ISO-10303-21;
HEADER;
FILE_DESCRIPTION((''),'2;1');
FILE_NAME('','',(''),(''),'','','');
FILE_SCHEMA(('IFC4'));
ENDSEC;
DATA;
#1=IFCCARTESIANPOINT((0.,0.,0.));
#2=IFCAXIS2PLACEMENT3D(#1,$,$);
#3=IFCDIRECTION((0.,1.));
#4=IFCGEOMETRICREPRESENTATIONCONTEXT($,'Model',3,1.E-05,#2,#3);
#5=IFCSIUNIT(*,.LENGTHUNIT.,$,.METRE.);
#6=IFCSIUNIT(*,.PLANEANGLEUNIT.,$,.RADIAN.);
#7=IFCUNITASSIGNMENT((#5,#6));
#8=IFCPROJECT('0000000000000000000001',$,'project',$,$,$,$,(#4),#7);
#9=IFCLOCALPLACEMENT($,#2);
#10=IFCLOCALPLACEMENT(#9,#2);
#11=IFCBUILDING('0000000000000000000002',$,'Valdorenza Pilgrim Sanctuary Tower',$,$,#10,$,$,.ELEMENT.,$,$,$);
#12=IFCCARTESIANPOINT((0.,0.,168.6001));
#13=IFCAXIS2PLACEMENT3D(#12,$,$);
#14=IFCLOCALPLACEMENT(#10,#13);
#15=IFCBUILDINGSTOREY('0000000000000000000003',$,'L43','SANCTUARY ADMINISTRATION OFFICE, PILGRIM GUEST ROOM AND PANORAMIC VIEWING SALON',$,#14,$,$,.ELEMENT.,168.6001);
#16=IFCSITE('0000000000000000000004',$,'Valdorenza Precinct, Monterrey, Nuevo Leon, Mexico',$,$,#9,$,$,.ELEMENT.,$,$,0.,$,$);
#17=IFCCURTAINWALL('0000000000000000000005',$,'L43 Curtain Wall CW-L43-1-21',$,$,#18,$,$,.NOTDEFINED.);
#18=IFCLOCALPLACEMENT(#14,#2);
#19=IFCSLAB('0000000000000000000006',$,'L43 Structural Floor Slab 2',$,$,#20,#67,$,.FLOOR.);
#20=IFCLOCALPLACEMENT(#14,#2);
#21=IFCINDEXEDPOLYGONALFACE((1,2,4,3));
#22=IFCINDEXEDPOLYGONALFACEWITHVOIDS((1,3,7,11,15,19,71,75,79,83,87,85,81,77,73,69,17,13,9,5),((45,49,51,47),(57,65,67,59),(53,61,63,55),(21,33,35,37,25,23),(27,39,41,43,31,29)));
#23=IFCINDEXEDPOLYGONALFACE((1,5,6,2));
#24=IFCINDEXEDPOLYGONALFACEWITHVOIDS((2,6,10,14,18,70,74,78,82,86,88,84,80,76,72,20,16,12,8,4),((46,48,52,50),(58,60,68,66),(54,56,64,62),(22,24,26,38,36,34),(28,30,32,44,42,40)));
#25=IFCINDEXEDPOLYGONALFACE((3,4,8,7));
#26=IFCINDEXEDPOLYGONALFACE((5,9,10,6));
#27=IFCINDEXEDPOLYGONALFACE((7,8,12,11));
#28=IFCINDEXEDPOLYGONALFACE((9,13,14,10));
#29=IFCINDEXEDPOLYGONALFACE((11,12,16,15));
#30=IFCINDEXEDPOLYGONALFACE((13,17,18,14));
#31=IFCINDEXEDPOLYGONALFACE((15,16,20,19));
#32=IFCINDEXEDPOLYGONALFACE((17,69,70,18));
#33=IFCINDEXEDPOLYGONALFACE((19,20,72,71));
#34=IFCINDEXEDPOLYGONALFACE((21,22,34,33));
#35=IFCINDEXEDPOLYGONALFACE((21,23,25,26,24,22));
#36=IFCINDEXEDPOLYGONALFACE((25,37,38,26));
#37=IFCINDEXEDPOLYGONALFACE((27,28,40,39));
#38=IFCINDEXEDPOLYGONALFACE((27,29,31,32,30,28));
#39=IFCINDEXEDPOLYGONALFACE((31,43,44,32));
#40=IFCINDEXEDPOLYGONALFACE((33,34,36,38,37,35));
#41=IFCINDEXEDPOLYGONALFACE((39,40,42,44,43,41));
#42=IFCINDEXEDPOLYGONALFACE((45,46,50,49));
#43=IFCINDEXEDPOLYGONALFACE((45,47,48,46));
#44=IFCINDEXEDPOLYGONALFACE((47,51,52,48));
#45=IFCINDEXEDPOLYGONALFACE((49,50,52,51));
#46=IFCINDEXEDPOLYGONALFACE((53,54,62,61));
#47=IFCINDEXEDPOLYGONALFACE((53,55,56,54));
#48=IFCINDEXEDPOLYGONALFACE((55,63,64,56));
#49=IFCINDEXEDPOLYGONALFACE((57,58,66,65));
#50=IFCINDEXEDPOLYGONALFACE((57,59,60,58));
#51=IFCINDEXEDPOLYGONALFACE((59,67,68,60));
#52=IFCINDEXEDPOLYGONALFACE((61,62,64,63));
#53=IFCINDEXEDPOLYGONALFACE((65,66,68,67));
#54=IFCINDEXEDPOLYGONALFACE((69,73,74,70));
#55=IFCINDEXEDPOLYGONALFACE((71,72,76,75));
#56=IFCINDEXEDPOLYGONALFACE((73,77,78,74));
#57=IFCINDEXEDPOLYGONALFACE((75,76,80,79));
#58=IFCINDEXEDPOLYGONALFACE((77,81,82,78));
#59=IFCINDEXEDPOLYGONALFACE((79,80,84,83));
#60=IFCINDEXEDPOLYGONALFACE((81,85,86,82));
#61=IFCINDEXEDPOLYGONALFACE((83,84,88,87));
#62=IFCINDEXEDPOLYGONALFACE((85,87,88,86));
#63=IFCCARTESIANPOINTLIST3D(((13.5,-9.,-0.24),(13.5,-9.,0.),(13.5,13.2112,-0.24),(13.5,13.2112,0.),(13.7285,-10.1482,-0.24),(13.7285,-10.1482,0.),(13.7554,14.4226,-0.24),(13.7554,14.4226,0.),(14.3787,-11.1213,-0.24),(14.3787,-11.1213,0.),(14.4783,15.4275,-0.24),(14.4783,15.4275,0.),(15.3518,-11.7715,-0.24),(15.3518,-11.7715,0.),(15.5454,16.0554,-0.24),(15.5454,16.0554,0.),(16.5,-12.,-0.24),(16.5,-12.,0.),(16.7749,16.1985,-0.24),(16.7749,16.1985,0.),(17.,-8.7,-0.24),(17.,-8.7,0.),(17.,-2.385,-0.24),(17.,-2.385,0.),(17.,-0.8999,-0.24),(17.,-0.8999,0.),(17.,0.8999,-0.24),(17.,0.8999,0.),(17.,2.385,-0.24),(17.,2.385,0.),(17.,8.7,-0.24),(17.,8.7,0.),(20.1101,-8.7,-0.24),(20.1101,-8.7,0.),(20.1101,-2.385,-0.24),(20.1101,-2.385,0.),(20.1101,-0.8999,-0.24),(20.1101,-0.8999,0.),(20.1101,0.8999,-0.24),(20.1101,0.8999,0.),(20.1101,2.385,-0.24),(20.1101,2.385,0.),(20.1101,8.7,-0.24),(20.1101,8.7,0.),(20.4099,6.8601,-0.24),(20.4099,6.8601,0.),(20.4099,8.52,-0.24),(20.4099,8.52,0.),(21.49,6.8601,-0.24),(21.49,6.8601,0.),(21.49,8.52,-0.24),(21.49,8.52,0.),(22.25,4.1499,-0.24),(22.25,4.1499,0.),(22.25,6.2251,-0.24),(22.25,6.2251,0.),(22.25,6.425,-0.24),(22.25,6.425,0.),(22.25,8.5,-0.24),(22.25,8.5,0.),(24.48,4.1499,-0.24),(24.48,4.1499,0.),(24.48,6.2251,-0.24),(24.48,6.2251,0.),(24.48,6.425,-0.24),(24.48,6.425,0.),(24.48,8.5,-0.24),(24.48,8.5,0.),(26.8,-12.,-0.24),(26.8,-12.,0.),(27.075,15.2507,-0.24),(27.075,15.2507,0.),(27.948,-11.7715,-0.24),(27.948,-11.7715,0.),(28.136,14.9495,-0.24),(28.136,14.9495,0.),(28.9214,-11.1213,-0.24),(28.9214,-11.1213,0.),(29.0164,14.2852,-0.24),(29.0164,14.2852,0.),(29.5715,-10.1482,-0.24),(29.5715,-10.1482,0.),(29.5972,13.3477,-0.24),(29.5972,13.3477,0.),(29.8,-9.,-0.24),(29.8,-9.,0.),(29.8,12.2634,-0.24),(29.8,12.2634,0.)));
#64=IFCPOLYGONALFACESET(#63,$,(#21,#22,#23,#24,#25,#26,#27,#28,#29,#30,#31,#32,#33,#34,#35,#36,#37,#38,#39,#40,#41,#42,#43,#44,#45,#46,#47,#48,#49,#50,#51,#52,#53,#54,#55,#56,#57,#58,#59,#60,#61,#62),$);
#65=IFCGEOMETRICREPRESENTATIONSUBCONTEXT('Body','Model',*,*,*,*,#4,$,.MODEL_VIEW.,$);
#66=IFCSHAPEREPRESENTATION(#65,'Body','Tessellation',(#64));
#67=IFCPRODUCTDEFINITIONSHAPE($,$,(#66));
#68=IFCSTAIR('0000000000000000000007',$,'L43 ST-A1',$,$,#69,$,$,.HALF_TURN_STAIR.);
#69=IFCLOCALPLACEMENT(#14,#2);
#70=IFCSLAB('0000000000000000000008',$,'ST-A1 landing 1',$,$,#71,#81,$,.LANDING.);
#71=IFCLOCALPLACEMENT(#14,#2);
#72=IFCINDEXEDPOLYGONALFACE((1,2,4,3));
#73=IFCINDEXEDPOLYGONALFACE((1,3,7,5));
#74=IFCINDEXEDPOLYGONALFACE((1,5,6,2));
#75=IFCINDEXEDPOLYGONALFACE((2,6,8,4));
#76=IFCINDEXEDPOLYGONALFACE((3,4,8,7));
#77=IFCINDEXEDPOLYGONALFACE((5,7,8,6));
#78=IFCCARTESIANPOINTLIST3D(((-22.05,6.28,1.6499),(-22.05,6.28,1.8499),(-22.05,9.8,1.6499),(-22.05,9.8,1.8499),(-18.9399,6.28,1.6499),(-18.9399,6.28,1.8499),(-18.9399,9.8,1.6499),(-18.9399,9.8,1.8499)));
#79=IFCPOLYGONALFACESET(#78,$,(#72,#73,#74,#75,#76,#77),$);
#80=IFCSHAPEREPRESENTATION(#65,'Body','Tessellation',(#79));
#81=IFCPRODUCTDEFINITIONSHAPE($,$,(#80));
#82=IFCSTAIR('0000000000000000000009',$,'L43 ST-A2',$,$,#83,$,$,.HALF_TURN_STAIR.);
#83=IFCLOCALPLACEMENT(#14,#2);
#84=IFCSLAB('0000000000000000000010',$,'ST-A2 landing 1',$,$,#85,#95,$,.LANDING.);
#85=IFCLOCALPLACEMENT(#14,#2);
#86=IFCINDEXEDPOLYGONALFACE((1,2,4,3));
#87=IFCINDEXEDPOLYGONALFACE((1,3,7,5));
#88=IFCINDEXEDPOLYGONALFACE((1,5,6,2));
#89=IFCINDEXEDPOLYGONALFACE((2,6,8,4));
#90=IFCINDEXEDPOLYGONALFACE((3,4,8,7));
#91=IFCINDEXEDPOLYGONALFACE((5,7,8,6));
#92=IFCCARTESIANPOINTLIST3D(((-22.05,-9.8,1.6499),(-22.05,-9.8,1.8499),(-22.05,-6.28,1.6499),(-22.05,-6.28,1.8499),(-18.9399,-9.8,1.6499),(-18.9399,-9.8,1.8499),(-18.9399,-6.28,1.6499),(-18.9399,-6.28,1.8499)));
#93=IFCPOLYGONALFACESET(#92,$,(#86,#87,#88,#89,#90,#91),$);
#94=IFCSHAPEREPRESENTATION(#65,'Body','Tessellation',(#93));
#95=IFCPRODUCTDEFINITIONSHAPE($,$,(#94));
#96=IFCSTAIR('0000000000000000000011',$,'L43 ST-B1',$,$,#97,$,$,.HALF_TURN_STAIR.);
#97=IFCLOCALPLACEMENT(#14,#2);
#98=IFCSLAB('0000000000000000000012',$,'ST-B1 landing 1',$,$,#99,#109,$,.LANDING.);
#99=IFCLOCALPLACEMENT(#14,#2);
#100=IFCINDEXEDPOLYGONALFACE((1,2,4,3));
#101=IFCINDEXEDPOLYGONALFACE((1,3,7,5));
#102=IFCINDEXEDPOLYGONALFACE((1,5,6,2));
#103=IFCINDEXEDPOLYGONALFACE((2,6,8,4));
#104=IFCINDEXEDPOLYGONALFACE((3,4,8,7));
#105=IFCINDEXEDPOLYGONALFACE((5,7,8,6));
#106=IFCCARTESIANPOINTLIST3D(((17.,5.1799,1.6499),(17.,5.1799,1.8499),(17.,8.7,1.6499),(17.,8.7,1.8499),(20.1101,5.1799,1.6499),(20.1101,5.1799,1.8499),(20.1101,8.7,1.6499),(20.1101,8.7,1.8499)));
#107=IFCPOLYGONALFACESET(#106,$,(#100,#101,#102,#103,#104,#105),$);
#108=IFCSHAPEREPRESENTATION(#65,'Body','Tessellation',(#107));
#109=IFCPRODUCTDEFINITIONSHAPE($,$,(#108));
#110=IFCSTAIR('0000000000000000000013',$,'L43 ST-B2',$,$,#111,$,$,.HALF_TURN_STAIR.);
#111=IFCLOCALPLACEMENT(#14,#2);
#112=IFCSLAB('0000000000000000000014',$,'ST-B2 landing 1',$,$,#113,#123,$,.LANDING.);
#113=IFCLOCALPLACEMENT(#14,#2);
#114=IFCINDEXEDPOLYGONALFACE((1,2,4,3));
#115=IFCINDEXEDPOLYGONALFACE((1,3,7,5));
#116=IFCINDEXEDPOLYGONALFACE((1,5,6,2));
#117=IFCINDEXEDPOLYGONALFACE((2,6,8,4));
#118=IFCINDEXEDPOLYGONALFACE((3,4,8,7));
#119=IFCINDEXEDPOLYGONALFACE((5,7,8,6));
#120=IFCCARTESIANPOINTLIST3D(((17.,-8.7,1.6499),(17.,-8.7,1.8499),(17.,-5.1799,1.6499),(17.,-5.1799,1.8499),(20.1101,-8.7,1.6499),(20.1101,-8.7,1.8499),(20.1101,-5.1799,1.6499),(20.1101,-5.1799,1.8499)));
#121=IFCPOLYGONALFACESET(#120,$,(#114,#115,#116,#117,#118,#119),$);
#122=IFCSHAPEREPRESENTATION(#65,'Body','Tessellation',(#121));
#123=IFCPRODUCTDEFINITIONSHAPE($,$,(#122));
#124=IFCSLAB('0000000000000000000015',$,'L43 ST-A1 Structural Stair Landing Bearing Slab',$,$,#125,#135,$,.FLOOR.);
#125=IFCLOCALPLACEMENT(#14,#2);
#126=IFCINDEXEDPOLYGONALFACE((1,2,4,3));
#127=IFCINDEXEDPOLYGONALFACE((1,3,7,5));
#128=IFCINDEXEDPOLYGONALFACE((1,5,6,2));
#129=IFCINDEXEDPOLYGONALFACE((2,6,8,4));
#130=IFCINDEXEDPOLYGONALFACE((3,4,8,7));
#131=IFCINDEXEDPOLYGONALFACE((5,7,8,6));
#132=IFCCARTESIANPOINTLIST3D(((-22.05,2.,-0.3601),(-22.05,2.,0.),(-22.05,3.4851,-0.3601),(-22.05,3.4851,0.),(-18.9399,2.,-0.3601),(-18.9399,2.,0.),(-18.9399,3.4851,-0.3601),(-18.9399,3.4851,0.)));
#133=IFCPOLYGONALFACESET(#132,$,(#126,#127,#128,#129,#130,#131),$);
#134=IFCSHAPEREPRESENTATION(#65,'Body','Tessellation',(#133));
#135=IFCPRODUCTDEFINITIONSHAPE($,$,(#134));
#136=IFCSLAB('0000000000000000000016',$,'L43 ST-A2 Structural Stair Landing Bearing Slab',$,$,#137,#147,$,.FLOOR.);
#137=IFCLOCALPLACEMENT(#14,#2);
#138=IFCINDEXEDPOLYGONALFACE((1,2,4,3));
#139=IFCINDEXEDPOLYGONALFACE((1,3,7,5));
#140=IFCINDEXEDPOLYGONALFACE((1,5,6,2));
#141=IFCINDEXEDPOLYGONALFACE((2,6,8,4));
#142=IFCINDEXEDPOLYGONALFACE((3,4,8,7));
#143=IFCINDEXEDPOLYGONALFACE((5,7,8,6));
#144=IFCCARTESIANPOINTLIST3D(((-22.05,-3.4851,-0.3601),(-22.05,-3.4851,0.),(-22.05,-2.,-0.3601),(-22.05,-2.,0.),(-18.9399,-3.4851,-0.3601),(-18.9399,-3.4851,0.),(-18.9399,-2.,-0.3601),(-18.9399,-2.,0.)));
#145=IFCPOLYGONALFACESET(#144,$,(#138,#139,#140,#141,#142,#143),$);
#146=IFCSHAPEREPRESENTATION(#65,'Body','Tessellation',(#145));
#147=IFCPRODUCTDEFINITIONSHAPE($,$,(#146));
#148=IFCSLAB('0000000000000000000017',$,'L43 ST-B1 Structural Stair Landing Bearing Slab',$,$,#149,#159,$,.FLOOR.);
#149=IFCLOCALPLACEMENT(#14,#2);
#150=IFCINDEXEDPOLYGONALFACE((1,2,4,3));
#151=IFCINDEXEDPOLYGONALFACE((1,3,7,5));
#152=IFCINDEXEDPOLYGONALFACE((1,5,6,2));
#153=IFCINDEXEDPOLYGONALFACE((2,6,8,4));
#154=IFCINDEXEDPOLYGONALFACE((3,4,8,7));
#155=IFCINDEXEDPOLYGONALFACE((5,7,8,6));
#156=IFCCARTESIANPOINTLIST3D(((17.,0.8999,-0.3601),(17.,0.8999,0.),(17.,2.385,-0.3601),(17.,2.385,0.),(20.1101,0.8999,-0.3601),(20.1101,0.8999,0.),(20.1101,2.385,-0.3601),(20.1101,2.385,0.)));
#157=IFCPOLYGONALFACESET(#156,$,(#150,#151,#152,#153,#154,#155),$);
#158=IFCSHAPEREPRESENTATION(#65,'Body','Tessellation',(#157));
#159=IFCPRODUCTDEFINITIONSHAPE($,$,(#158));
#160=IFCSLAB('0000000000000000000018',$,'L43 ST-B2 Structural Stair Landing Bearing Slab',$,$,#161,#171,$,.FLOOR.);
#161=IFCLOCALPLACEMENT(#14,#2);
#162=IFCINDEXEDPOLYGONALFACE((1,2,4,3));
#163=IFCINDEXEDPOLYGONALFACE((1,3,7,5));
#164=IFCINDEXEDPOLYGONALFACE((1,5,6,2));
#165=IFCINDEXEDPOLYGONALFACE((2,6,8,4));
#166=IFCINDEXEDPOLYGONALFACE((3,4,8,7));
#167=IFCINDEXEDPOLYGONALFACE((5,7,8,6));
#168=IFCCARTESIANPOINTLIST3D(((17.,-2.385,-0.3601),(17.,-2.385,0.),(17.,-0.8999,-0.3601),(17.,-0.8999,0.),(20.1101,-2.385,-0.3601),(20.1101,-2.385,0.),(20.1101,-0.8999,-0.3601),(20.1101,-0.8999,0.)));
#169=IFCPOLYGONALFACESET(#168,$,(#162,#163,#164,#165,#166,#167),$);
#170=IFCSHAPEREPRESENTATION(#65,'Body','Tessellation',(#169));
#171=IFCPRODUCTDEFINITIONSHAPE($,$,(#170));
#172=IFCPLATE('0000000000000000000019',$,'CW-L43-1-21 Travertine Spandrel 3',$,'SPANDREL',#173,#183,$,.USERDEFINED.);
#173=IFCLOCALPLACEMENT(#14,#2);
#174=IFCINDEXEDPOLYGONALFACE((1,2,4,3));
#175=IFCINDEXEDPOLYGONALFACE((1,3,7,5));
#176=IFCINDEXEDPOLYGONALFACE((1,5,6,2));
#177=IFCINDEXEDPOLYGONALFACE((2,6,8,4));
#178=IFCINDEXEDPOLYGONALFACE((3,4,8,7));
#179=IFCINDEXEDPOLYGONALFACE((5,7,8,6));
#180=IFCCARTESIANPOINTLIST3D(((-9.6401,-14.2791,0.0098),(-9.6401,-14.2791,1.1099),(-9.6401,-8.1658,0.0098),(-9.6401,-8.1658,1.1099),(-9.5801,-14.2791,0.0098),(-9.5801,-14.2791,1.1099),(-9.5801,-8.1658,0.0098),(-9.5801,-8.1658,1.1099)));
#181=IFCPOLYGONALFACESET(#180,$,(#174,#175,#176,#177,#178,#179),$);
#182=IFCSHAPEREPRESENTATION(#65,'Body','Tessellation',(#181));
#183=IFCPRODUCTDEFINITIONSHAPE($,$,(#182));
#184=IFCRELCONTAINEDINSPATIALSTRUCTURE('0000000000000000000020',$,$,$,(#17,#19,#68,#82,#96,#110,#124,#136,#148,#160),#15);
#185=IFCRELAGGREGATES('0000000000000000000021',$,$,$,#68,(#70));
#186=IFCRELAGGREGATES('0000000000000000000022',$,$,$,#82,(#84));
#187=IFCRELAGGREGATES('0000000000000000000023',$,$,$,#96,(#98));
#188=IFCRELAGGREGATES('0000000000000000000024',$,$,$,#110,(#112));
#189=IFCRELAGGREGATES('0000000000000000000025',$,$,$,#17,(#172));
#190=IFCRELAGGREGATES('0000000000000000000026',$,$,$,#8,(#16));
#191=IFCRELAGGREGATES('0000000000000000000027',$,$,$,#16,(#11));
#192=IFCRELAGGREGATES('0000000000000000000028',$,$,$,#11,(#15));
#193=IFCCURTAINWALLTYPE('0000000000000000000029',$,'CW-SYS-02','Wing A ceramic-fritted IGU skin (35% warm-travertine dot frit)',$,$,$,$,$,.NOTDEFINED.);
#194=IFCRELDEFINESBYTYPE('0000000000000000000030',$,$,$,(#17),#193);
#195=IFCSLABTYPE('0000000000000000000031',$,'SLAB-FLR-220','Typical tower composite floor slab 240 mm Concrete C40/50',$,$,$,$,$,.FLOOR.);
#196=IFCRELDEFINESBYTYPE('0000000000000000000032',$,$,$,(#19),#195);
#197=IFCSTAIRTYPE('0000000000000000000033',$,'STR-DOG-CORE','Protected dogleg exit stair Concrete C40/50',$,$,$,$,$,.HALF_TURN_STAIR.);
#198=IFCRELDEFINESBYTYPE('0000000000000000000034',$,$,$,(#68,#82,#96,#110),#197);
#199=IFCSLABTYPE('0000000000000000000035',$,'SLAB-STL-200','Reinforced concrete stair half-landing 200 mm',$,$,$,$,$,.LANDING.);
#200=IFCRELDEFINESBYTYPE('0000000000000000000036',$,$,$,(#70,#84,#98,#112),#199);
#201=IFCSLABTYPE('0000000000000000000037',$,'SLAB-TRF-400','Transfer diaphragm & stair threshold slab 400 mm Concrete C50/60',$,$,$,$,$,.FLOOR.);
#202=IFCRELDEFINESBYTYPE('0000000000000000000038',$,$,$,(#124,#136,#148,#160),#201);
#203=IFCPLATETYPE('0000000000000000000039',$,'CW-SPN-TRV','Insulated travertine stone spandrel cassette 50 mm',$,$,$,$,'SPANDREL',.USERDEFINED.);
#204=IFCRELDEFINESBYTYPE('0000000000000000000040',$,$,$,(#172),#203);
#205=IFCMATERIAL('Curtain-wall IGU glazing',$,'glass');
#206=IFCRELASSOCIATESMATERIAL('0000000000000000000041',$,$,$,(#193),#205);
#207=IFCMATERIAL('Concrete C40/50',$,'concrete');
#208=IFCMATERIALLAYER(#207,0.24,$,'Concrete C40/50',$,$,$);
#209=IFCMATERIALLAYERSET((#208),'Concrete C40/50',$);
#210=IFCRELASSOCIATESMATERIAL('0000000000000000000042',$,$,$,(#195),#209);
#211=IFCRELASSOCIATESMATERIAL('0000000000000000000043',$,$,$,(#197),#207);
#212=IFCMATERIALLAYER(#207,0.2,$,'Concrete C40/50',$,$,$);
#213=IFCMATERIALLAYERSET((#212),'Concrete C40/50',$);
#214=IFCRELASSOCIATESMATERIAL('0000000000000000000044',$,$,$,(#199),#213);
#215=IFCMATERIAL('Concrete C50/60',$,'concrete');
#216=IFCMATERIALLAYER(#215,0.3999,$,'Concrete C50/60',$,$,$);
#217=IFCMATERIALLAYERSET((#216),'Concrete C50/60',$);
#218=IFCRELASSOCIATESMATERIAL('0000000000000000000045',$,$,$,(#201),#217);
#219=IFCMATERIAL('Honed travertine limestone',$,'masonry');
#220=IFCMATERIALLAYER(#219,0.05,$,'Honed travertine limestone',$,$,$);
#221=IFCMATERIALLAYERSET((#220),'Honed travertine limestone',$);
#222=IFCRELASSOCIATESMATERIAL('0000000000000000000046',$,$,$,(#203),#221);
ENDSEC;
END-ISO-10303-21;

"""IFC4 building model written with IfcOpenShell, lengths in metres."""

from ifc_helpers import new_model, si_unit, direction, frame, origin, origin_2d, place, context, subcontext, project, spatial, polyline, rectangle, outline, extrude, source, transform, mapped, material, layer, layer_set, type_object, element, aggregate, save


model = new_model("IFC4")

# Units and contexts
model_context = context("Model", 3, precision=1e-05, world=origin(), true_north=direction((0.0, 1.0)))
body_context = subcontext(model_context, "Body", "Model", "MODEL_VIEW")
ifc_project = project(units=[si_unit("LENGTHUNIT", "METRE"), si_unit("PLANEANGLEUNIT", "RADIAN")], contexts=[model_context])

# Site, building, storey
site_placement = place(None, origin())
site = spatial("IfcSite", under=ifc_project, at=site_placement, Name="Valdorenza Precinct, Monterrey, Nuevo Leon, Mexico", CompositionType="ELEMENT", RefElevation=0.0)
building_placement = place(site_placement, origin())
building = spatial("IfcBuilding", under=site, at=building_placement, Name="Valdorenza Pilgrim Sanctuary Tower", CompositionType="ELEMENT")
storey_placement = place(building_placement, frame((0.0, 0.0, 168.6001)))
storey = spatial("IfcBuildingStorey", under=building, at=storey_placement, Name="L43", Description="SANCTUARY ADMINISTRATION OFFICE, PILGRIM GUEST ROOM AND PANORAMIC VIEWING SALON", CompositionType="ELEMENT", Elevation=168.6001)

# Curtain wall
ifc_material_1 = material(Name="Curtain-wall IGU glazing", Category="glass")
curtain_wall_type = type_object("IfcCurtainWallType", Name="CW-SYS-02", Description="Wing A ceramic-fritted IGU skin (35% warm-travertine dot frit)", PredefinedType="NOTDEFINED", material=ifc_material_1)
curtain_wall_placement = place(storey_placement, origin())
curtain_wall = element("IfcCurtainWall", 1, at=curtain_wall_placement, inside=storey, type_object=curtain_wall_type, Name="L43 Curtain Wall CW-L43-1-21", PredefinedType="NOTDEFINED")

# Slab
ifc_material_2 = material(Name="Concrete C40/50", Category="concrete")
ifc_layer_1 = layer(ifc_material_2, 0.24, Name="Concrete C40/50")
ifc_layer_set_1 = layer_set([ifc_layer_1], Name="Concrete C40/50")
slab_type_1 = type_object("IfcSlabType", Name="SLAB-FLR-220", Description="Typical tower composite floor slab 240 mm Concrete C40/50", PredefinedType="FLOOR", material=ifc_layer_set_1)
slab_1_placement = place(storey_placement, frame((0.0, 0.0, -0.24)))
element("IfcSlab", 2, at=slab_1_placement, inside=storey, type_object=slab_type_1, Name="L43 Structural Floor Slab 2", PredefinedType="FLOOR", context=body_context, shape_type="SweptSolid", body=[
    extrude(outline(polyline([(13.5, 13.2112), (13.7554, 14.4226), (14.4783, 15.4275), (15.5454, 16.0554), (16.7749, 16.1985), (27.075, 15.2507), (28.136, 14.9495), (29.0164, 14.2852), (29.5972, 13.3477), (29.8, 12.2634), (29.8, -9.0), (29.5715, -10.1482), (28.9214, -11.1213), (27.948, -11.7715), (26.8, -12.0), (16.5, -12.0), (15.3518, -11.7715), (14.3787, -11.1213), (13.7285, -10.1482), (13.5, -9.0), (13.5, 13.2112)]), holes=[polyline([(17.0, -8.7), (20.1101, -8.7), (20.1101, -2.385), (20.1101, -0.8999), (17.0, -0.8999), (17.0, -2.385), (17.0, -8.7)]), polyline([(17.0, 0.8999), (20.1101, 0.8999), (20.1101, 2.385), (20.1101, 8.7), (17.0, 8.7), (17.0, 2.385), (17.0, 0.8999)]), polyline([(22.25, 4.1499), (24.48, 4.1499), (24.48, 6.2251), (22.25, 6.2251), (22.25, 4.1499)]), polyline([(22.25, 6.425), (24.48, 6.425), (24.48, 8.5), (22.25, 8.5), (22.25, 6.425)]), polyline([(20.4099, 6.8601), (21.49, 6.8601), (21.49, 8.52), (20.4099, 8.52), (20.4099, 6.8601)])]), origin(), (0.0, 0.0, 1.0), 0.24),
])

# Stairs, slabs
stair_type = type_object("IfcStairType", Name="STR-DOG-CORE", Description="Protected dogleg exit stair Concrete C40/50", PredefinedType="HALF_TURN_STAIR", material=ifc_material_2)
stair_1_placement = place(storey_placement, origin())
stair_1 = element("IfcStair", 3, at=stair_1_placement, inside=storey, type_object=stair_type, Name="L43 ST-A1", PredefinedType="HALF_TURN_STAIR")
ifc_layer_2 = layer(ifc_material_2, 0.2, Name="Concrete C40/50")
ifc_layer_set_2 = layer_set([ifc_layer_2], Name="Concrete C40/50")
slab_type_2 = type_object("IfcSlabType", Name="SLAB-STL-200", Description="Reinforced concrete stair half-landing 200 mm", PredefinedType="LANDING", material=ifc_layer_set_2)
slab_2_placement = place(storey_placement, frame((0.0, 0.0, 1.6499)))
slab_2 = element("IfcSlab", 4, at=slab_2_placement, type_object=slab_type_2, Name="ST-A1 landing 1", PredefinedType="LANDING", context=body_context, shape_type="SweptSolid", body=[
    extrude(outline(polyline([(-18.9399, 6.28), (-18.9399, 9.8), (-22.05, 9.8), (-22.05, 6.28), (-18.9399, 6.28)])), origin(), (0.0, 0.0, 1.0), 0.2),
])
aggregate(stair_1, [slab_2])
stair_2_placement = place(storey_placement, origin())
stair_2 = element("IfcStair", 5, at=stair_2_placement, inside=storey, type_object=stair_type, Name="L43 ST-A2", PredefinedType="HALF_TURN_STAIR")
slab_3_placement = place(storey_placement, frame((0.0, 0.0, 1.6499)))
slab_3 = element("IfcSlab", 6, at=slab_3_placement, type_object=slab_type_2, Name="ST-A2 landing 1", PredefinedType="LANDING", context=body_context, shape_type="SweptSolid", body=[
    extrude(outline(polyline([(-22.05, -6.28), (-22.05, -9.8), (-18.9399, -9.8), (-18.9399, -6.28), (-22.05, -6.28)])), origin(), (0.0, 0.0, 1.0), 0.2),
])
aggregate(stair_2, [slab_3])
stair_3_placement = place(storey_placement, origin())
stair_3 = element("IfcStair", 7, at=stair_3_placement, inside=storey, type_object=stair_type, Name="L43 ST-B1", PredefinedType="HALF_TURN_STAIR")
slab_4_placement = place(storey_placement, frame((0.0, 0.0, 1.6499)))
slab_4 = element("IfcSlab", 8, at=slab_4_placement, type_object=slab_type_2, Name="ST-B1 landing 1", PredefinedType="LANDING", context=body_context, shape_type="SweptSolid", body=[
    extrude(outline(polyline([(20.1101, 5.1799), (20.1101, 8.7), (17.0, 8.7), (17.0, 5.1799), (20.1101, 5.1799)])), origin(), (0.0, 0.0, 1.0), 0.2),
])
aggregate(stair_3, [slab_4])
stair_4_placement = place(storey_placement, origin())
stair_4 = element("IfcStair", 9, at=stair_4_placement, inside=storey, type_object=stair_type, Name="L43 ST-B2", PredefinedType="HALF_TURN_STAIR")
slab_5_placement = place(storey_placement, frame((0.0, 0.0, 1.6499)))
slab_5 = element("IfcSlab", 10, at=slab_5_placement, type_object=slab_type_2, Name="ST-B2 landing 1", PredefinedType="LANDING", context=body_context, shape_type="SweptSolid", body=[
    extrude(outline(polyline([(17.0, -5.1799), (17.0, -8.7), (20.1101, -8.7), (20.1101, -5.1799), (17.0, -5.1799)])), origin(), (0.0, 0.0, 1.0), 0.2),
])
aggregate(stair_4, [slab_5])

# Slabs
ifc_material_3 = material(Name="Concrete C50/60", Category="concrete")
ifc_layer_3 = layer(ifc_material_3, 0.3999, Name="Concrete C50/60")
ifc_layer_set_3 = layer_set([ifc_layer_3], Name="Concrete C50/60")
slab_type_3 = type_object("IfcSlabType", Name="SLAB-TRF-400", Description="Transfer diaphragm & stair threshold slab 400 mm Concrete C50/60", PredefinedType="FLOOR", material=ifc_layer_set_3)
slab_6_placement = place(storey_placement, frame((0.0, 0.0, -0.3601)))
element("IfcSlab", 11, at=slab_6_placement, inside=storey, type_object=slab_type_3, Name="L43 ST-A1 Structural Stair Landing Bearing Slab", PredefinedType="FLOOR", context=body_context, shape_type="SweptSolid", body=[
    extrude(outline(polyline([(-22.05, 2.0), (-18.9399, 2.0), (-18.9399, 3.4851), (-22.05, 3.4851), (-22.05, 2.0)])), origin(), (0.0, 0.0, 1.0), 0.3601),
])
slab_7_placement = place(storey_placement, frame((0.0, 0.0, -0.3601)))
element("IfcSlab", 12, at=slab_7_placement, inside=storey, type_object=slab_type_3, Name="L43 ST-A2 Structural Stair Landing Bearing Slab", PredefinedType="FLOOR", context=body_context, shape_type="SweptSolid", body=[
    extrude(outline(polyline([(-22.05, -3.4851), (-18.9399, -3.4851), (-18.9399, -2.0), (-22.05, -2.0), (-22.05, -3.4851)])), origin(), (0.0, 0.0, 1.0), 0.3601),
])
slab_8_placement = place(storey_placement, frame((0.0, 0.0, -0.3601)))
element("IfcSlab", 13, at=slab_8_placement, inside=storey, type_object=slab_type_3, Name="L43 ST-B1 Structural Stair Landing Bearing Slab", PredefinedType="FLOOR", context=body_context, shape_type="SweptSolid", body=[
    extrude(outline(polyline([(17.0, 0.8999), (20.1101, 0.8999), (20.1101, 2.385), (17.0, 2.385), (17.0, 0.8999)])), origin(), (0.0, 0.0, 1.0), 0.3601),
])
slab_9_placement = place(storey_placement, frame((0.0, 0.0, -0.3601)))
element("IfcSlab", 14, at=slab_9_placement, inside=storey, type_object=slab_type_3, Name="L43 ST-B2 Structural Stair Landing Bearing Slab", PredefinedType="FLOOR", context=body_context, shape_type="SweptSolid", body=[
    extrude(outline(polyline([(17.0, -2.385), (20.1101, -2.385), (20.1101, -0.8999), (17.0, -0.8999), (17.0, -2.385)])), origin(), (0.0, 0.0, 1.0), 0.3601),
])

# Plate
ifc_material_4 = material(Name="Honed travertine limestone", Category="masonry")
ifc_layer_4 = layer(ifc_material_4, 0.05, Name="Honed travertine limestone")
ifc_layer_set_4 = layer_set([ifc_layer_4], Name="Honed travertine limestone")
plate_type_1 = type_object("IfcPlateType", Name="CW-SPN-TRV", Description="Insulated travertine stone spandrel cassette 50 mm", ElementType="SPANDREL", PredefinedType="USERDEFINED", material=ifc_layer_set_4)
shared_shape_1 = source(origin(), body_context, "Body", "SweptSolid", [
    extrude(rectangle(XDim=6.1133, YDim=0.0601, at=origin_2d()), origin(), (0.0, 0.0, 1.0), 1.1001),
])
plate_1_placement = place(storey_placement, frame((-9.6101, -11.2224, 0.0098), z_axis=(0.0, 0.0, 1.0), x_axis=(0.0, -1.0, 0.0)))
plate_1 = element("IfcPlate", 15, at=plate_1_placement, type_object=plate_type_1, Name="CW-L43-1-21 Travertine Spandrel 3", ObjectType="SPANDREL", PredefinedType="USERDEFINED", context=body_context, shape_type="MappedRepresentation", body=[
    mapped(shared_shape_1, transform((0.0, 0.0, 0.0), x_axis=(1.0, 0.0, 0.0), y_axis=(0.0, 1.0, 0.0), z_axis=(0.0, 0.0, 1.0), scale=1.0)),
])
aggregate(curtain_wall, [plate_1])

save(model, "model.ifc")
